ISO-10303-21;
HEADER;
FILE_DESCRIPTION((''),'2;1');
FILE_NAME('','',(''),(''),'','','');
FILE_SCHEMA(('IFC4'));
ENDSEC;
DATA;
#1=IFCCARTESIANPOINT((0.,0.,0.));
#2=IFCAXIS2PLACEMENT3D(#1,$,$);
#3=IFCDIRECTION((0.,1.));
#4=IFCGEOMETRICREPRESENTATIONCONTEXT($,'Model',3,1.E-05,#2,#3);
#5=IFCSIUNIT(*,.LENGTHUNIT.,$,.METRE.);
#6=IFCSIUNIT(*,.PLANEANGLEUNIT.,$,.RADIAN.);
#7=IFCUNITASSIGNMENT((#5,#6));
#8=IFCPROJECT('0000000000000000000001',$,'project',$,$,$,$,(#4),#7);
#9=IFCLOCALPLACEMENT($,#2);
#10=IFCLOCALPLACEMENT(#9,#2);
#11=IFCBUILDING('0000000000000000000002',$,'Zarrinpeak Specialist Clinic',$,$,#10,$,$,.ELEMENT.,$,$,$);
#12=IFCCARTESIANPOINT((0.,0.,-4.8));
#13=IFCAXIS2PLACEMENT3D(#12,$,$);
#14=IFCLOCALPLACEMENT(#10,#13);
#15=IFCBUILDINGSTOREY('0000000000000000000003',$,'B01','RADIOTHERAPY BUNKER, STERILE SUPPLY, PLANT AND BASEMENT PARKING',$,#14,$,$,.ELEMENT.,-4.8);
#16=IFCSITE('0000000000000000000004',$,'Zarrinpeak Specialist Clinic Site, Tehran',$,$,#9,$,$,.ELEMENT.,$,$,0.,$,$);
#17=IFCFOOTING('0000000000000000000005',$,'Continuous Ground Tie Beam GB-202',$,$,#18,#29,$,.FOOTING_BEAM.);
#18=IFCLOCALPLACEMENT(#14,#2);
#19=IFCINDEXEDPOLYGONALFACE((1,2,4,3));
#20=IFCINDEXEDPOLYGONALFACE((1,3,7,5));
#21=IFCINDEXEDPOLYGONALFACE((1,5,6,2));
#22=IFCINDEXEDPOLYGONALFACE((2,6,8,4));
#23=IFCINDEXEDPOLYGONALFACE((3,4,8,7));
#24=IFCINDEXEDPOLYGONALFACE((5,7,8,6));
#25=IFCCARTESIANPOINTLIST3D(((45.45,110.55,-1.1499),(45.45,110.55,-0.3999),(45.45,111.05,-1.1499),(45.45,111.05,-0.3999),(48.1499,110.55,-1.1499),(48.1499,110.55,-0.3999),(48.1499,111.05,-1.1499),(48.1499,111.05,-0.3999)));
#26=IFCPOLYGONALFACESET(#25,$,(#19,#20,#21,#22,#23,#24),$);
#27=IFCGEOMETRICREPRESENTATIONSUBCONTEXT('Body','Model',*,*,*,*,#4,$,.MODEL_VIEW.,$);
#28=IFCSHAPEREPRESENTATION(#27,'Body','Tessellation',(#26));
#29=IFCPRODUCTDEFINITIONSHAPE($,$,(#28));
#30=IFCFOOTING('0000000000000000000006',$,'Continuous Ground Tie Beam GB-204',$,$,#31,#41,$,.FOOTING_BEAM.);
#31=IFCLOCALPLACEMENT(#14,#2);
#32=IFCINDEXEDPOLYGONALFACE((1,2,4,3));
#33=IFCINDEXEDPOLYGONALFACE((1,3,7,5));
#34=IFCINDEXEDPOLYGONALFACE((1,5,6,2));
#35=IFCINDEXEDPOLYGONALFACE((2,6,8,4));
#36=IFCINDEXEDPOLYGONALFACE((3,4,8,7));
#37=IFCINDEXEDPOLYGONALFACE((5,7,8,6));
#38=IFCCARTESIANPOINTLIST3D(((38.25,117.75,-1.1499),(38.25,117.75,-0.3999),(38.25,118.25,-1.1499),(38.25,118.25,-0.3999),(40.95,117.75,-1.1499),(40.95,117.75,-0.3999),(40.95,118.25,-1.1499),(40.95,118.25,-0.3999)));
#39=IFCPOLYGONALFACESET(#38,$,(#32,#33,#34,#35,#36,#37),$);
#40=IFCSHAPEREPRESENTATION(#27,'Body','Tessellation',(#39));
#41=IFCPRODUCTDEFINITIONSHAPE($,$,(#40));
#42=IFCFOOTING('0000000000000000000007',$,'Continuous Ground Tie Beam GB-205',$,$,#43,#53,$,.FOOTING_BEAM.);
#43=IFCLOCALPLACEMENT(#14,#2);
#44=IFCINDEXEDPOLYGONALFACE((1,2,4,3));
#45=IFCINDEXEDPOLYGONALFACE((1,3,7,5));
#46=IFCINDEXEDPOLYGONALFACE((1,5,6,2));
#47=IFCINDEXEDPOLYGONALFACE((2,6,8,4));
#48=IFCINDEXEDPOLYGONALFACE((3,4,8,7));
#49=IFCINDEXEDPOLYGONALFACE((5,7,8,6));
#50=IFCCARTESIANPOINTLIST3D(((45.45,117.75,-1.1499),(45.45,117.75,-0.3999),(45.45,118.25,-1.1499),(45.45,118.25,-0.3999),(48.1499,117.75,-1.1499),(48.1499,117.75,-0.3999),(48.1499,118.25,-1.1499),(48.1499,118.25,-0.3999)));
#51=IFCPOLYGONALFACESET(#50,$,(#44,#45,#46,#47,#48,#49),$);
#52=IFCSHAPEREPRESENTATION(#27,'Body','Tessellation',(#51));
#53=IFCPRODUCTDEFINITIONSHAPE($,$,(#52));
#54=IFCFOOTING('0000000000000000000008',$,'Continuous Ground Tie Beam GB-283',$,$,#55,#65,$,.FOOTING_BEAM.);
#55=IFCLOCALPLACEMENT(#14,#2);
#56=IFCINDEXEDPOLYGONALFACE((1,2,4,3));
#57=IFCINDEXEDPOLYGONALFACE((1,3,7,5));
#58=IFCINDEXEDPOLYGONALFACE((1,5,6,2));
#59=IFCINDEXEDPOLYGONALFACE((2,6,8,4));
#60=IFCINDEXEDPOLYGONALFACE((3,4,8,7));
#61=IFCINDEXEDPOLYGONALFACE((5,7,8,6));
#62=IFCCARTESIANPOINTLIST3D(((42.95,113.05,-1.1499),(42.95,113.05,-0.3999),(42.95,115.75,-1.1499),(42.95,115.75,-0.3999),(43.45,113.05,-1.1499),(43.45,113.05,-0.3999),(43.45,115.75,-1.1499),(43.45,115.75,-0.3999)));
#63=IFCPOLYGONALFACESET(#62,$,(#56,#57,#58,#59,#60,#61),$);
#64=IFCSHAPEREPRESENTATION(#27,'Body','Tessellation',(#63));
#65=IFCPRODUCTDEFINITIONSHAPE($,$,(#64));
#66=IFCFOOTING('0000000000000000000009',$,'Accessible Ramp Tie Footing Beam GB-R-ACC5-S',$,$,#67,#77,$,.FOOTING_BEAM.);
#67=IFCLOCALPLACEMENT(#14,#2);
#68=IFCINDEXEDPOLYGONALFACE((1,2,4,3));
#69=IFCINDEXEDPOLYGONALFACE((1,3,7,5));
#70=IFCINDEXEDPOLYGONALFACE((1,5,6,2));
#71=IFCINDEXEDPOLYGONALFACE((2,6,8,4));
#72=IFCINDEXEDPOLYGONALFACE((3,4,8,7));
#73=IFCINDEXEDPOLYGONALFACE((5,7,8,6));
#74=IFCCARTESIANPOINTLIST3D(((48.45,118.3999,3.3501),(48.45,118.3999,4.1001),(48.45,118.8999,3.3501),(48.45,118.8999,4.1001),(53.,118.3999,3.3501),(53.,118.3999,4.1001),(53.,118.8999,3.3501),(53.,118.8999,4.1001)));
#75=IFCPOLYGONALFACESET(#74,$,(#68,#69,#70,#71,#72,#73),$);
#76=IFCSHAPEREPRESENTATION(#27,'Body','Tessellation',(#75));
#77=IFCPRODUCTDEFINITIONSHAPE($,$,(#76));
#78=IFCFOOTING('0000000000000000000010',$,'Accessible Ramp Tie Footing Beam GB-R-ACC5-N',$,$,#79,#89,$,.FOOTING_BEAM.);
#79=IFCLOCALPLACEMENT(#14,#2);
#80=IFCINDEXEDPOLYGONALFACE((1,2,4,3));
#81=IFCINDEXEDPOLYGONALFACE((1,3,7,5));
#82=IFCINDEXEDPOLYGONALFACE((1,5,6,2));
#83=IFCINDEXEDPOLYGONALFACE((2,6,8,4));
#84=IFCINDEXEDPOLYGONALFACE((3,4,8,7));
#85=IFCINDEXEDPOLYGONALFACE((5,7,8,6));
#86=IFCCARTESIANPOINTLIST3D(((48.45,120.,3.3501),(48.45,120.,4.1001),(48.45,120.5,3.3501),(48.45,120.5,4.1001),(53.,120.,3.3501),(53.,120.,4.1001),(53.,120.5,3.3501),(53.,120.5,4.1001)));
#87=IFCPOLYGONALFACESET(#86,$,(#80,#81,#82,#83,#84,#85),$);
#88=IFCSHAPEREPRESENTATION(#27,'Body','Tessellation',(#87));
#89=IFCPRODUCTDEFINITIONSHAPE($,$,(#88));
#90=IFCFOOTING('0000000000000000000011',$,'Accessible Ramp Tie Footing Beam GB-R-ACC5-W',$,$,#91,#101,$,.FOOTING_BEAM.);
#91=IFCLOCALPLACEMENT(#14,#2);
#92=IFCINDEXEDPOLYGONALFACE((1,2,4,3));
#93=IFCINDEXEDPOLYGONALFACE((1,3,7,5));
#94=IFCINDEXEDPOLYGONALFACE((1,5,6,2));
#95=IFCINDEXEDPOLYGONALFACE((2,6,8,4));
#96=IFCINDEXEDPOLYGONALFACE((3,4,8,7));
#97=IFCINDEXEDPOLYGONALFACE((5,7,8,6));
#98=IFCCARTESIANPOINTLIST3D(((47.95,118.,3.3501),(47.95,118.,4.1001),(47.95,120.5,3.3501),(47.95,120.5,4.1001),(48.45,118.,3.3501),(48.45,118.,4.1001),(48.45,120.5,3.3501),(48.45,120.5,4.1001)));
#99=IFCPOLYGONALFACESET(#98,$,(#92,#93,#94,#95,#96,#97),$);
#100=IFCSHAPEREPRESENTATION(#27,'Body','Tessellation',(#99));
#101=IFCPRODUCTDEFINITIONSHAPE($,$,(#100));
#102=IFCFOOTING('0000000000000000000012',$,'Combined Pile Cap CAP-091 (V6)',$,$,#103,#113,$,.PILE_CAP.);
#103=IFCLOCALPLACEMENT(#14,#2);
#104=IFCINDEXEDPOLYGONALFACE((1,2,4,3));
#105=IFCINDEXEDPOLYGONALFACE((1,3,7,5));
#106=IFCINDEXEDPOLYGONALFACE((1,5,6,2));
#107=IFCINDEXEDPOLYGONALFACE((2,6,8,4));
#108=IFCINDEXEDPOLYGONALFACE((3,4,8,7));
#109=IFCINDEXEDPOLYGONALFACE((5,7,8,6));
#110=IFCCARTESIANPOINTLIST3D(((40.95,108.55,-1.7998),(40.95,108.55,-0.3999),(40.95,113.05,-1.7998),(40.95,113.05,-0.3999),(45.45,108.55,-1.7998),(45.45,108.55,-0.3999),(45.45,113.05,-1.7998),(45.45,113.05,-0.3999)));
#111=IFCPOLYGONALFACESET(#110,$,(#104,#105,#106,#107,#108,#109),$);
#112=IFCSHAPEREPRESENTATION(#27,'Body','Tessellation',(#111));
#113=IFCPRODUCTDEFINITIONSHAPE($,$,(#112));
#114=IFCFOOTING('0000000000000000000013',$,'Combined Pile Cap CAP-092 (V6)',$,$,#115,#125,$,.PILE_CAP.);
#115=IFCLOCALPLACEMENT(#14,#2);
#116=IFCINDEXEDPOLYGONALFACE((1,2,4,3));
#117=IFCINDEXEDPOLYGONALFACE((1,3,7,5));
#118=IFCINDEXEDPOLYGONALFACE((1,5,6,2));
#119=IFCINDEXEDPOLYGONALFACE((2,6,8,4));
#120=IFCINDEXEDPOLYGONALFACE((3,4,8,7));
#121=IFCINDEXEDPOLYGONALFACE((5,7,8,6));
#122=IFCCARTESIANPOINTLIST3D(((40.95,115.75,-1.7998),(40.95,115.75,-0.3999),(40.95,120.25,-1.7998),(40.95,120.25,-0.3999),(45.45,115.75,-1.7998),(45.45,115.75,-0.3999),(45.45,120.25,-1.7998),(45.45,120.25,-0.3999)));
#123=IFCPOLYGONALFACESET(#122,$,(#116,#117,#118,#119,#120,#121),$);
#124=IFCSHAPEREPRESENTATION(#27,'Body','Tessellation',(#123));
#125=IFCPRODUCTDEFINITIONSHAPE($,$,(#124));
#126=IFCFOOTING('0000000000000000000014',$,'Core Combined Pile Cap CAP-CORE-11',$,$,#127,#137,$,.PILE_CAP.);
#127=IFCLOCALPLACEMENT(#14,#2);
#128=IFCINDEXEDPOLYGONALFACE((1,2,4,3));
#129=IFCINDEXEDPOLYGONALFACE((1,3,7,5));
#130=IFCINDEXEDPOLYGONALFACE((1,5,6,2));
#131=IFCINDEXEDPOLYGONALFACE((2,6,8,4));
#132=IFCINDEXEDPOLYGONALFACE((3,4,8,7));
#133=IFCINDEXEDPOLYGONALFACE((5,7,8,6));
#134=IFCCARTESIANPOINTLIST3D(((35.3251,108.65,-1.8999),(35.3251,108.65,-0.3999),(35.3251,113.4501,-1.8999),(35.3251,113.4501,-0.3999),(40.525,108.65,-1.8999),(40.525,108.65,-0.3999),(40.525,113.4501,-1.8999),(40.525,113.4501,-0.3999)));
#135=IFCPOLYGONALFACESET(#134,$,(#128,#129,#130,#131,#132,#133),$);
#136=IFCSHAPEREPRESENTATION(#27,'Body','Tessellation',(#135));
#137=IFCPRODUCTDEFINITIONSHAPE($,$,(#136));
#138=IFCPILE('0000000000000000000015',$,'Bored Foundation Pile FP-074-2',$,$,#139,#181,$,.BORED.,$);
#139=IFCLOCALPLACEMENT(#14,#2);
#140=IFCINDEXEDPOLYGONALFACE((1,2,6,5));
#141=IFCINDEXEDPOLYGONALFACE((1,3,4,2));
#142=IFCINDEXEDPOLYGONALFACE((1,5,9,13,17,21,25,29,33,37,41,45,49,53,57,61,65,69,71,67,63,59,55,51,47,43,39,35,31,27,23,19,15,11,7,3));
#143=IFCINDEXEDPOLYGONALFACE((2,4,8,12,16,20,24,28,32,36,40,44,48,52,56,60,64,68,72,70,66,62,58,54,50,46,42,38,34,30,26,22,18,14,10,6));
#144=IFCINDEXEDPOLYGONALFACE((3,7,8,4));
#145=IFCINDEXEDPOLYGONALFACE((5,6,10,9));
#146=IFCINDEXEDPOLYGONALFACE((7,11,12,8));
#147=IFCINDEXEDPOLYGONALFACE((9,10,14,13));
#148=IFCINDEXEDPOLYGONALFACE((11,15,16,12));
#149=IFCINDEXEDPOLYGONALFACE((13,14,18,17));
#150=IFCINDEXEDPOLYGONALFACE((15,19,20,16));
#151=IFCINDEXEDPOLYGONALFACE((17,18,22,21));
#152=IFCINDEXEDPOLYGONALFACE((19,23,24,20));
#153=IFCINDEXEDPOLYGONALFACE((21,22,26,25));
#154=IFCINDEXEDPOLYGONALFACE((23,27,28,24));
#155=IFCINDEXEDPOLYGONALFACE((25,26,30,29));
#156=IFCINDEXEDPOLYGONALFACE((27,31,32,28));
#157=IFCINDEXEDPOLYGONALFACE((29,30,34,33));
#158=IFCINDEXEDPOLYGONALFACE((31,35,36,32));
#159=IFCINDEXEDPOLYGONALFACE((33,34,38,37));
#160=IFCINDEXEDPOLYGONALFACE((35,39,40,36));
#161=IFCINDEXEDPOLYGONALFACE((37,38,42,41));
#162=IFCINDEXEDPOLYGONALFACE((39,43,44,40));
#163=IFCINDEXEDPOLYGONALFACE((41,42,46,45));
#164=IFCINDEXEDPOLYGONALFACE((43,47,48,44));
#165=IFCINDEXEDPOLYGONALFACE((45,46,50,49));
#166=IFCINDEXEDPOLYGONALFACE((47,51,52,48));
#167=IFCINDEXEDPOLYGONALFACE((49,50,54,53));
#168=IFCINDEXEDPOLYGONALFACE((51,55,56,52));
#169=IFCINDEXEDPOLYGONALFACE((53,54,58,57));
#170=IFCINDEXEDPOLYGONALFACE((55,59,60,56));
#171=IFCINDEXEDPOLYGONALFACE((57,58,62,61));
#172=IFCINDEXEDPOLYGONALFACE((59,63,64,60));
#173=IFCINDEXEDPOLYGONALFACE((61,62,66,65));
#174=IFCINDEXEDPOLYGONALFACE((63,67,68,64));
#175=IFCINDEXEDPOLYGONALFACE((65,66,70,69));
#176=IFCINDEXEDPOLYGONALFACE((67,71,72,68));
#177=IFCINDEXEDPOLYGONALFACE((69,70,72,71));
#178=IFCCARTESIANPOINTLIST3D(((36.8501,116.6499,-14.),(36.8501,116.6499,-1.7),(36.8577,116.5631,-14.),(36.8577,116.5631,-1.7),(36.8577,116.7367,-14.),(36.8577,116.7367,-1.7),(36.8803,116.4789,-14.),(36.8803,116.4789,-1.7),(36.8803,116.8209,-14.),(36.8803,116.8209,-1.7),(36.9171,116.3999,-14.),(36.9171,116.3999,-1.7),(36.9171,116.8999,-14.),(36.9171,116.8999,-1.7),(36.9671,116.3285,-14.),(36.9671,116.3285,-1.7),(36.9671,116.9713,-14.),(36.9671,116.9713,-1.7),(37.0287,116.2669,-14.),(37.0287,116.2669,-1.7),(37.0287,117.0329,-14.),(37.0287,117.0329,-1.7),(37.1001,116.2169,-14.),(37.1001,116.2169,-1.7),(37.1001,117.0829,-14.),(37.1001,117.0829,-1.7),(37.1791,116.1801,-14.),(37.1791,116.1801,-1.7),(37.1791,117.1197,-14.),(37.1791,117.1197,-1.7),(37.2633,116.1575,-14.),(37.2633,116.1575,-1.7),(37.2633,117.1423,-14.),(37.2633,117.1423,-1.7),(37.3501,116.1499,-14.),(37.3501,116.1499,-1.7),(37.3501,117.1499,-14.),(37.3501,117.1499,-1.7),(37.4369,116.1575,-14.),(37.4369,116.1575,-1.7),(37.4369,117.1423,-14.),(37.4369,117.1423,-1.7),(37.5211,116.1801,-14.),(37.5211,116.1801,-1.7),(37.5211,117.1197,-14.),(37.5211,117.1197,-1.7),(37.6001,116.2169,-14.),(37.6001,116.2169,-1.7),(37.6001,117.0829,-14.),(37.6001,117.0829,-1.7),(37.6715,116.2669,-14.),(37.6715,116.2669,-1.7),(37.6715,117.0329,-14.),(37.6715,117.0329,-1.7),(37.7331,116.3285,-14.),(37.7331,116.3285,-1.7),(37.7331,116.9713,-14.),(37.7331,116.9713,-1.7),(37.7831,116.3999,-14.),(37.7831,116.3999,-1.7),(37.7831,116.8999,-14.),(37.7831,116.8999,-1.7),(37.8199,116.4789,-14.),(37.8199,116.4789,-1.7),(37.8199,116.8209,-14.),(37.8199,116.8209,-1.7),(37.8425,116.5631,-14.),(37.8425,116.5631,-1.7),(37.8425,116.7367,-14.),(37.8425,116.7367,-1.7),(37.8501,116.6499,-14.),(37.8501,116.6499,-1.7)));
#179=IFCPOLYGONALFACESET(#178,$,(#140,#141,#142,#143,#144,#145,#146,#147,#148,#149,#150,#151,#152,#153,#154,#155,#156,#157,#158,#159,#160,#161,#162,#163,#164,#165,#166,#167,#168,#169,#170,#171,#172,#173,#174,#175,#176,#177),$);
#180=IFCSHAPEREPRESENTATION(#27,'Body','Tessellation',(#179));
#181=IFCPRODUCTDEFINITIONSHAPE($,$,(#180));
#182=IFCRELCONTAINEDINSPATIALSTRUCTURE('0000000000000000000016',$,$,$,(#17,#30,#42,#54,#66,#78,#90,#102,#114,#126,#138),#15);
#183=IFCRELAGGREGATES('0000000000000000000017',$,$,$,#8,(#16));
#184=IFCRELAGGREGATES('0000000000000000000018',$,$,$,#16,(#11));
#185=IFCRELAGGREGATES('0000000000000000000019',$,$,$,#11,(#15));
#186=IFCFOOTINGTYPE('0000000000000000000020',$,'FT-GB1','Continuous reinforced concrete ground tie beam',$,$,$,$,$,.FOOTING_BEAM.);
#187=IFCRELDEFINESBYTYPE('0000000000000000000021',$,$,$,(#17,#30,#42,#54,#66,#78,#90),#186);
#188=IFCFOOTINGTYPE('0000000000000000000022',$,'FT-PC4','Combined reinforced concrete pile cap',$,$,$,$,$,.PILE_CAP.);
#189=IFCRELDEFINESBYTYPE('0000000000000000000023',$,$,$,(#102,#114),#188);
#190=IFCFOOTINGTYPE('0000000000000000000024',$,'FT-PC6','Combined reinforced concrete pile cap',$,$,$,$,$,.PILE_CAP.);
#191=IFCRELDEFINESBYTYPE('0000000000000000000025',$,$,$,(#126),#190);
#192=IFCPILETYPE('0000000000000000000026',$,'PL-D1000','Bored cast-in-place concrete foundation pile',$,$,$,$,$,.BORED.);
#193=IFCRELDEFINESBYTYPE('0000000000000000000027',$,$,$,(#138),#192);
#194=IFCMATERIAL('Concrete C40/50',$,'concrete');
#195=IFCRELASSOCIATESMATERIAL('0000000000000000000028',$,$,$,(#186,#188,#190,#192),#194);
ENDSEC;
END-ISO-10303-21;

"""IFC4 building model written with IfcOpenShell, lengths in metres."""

from ifc_helpers import new_model, si_unit, direction, frame, origin, origin_2d, place, context, subcontext, project, spatial, rectangle, circle, extrude, material, material_profile, profile_set, type_object, element, save


model = new_model("IFC4")

# Units and contexts
model_context = context("Model", 3, precision=1e-05, world=origin(), true_north=direction((0.0, 1.0)))
body_context = subcontext(model_context, "Body", "Model", "MODEL_VIEW")
ifc_project = project(units=[si_unit("LENGTHUNIT", "METRE"), si_unit("PLANEANGLEUNIT", "RADIAN")], contexts=[model_context])

# Site, building, storey
site_placement = place(None, origin())
site = spatial("IfcSite", under=ifc_project, at=site_placement, Name="Zarrinpeak Specialist Clinic Site, Tehran", CompositionType="ELEMENT", RefElevation=0.0)
building_placement = place(site_placement, origin())
building = spatial("IfcBuilding", under=site, at=building_placement, Name="Zarrinpeak Specialist Clinic", CompositionType="ELEMENT")
storey_placement = place(building_placement, frame((0.0, 0.0, -4.8)))
storey = spatial("IfcBuildingStorey", under=building, at=storey_placement, Name="B01", Description="RADIOTHERAPY BUNKER, STERILE SUPPLY, PLANT AND BASEMENT PARKING", CompositionType="ELEMENT", Elevation=-4.8)

# Footings
ifc_material_1 = material(Name="Concrete C40/50", Category="concrete")
ifc_material_profile_1 = material_profile(ifc_material_1, rectangle(XDim=0.5, YDim=0.75, at=origin_2d()), Name="RC 500x750")
ifc_profile_set_1 = profile_set([ifc_material_profile_1], Name="Concrete C40/50")
footing_type_1 = type_object("IfcFootingType", Name="FT-GB1", Description="Continuous reinforced concrete ground tie beam", PredefinedType="FOOTING_BEAM", material=ifc_profile_set_1)
for number, where, z_axis, x_axis, name in (
    (1, (45.45, 110.8, -0.7749), (1.0, 0.0, 0.0), (0.0, 1.0, 0.0), "Continuous Ground Tie Beam GB-202"),
    (2, (38.25, 118.0, -0.7749), (1.0, 0.0, 0.0), (0.0, 1.0, 0.0), "Continuous Ground Tie Beam GB-204"),
    (3, (45.45, 118.0, -0.7749), (1.0, 0.0, 0.0), (0.0, 1.0, 0.0), "Continuous Ground Tie Beam GB-205"),
    (4, (43.2, 113.05, -0.7749), (0.0, 1.0, 0.0), (-1.0, 0.0, 0.0), "Continuous Ground Tie Beam GB-283"),
):
    element("IfcFooting", number, at=place(storey_placement, frame(where, z_axis=z_axis, x_axis=x_axis)), inside=storey, type_object=footing_type_1, Name=name, PredefinedType="FOOTING_BEAM", context=body_context, shape_type="SweptSolid", body=[
        extrude(rectangle(XDim=0.5, YDim=0.75, at=origin_2d()), origin(), (0.0, 0.0, 1.0), 2.7),
    ])
for number, where, z_axis, x_axis, name in (
    (5, (48.45, 118.6499, 3.7251), (1.0, 0.0, 0.0), (0.0, 1.0, 0.0), "Accessible Ramp Tie Footing Beam GB-R-ACC5-S"),
    (6, (48.45, 120.25, 3.7251), (1.0, 0.0, 0.0), (0.0, 1.0, 0.0), "Accessible Ramp Tie Footing Beam GB-R-ACC5-N"),
):
    element("IfcFooting", number, at=place(storey_placement, frame(where, z_axis=z_axis, x_axis=x_axis)), inside=storey, type_object=footing_type_1, Name=name, PredefinedType="FOOTING_BEAM", context=body_context, shape_type="SweptSolid", body=[
        extrude(rectangle(XDim=0.5, YDim=0.75, at=origin_2d()), origin(), (0.0, 0.0, 1.0), 4.55),
    ])
footing_1_placement = place(storey_placement, frame((48.2, 118.0, 3.7251), z_axis=(0.0, 1.0, 0.0), x_axis=(-1.0, 0.0, 0.0)))
element("IfcFooting", 7, at=footing_1_placement, inside=storey, type_object=footing_type_1, Name="Accessible Ramp Tie Footing Beam GB-R-ACC5-W", PredefinedType="FOOTING_BEAM", context=body_context, shape_type="SweptSolid", body=[
    extrude(rectangle(XDim=0.5, YDim=0.75, at=origin_2d()), origin(), (0.0, 0.0, 1.0), 2.5),
])
footing_type_2 = type_object("IfcFootingType", Name="FT-PC4", Description="Combined reinforced concrete pile cap", PredefinedType="PILE_CAP", material=ifc_material_1)
for number, where, z_axis, x_axis, name in (
    (8, (43.2, 110.8, -1.7998), (0.0, 0.0, 1.0), (1.0, 0.0, 0.0), "Combined Pile Cap CAP-091 (V6)"),
    (9, (43.2, 118.0, -1.7998), (0.0, 0.0, 1.0), (1.0, 0.0, 0.0), "Combined Pile Cap CAP-092 (V6)"),
):
    element("IfcFooting", number, at=place(storey_placement, frame(where, z_axis=z_axis, x_axis=x_axis)), inside=storey, type_object=footing_type_2, Name=name, PredefinedType="PILE_CAP", context=body_context, shape_type="SweptSolid", body=[
        extrude(rectangle(XDim=4.5, YDim=4.5, at=origin_2d()), origin(), (0.0, 0.0, 1.0), 1.3999),
    ])
footing_type_3 = type_object("IfcFootingType", Name="FT-PC6", Description="Combined reinforced concrete pile cap", PredefinedType="PILE_CAP", material=ifc_material_1)
footing_2_placement = place(storey_placement, frame((37.925, 111.05, -1.8999), z_axis=(0.0, 0.0, 1.0), x_axis=(1.0, 0.0, 0.0)))
element("IfcFooting", 10, at=footing_2_placement, inside=storey, type_object=footing_type_3, Name="Core Combined Pile Cap CAP-CORE-11", PredefinedType="PILE_CAP", context=body_context, shape_type="SweptSolid", body=[
    extrude(rectangle(XDim=5.2, YDim=4.8, at=origin_2d()), origin(), (0.0, 0.0, 1.0), 1.5),
])

# Pile
ifc_material_profile_2 = material_profile(ifc_material_1, circle(Radius=0.5, at=origin_2d()), Name="BORED PILE D1000")
ifc_profile_set_2 = profile_set([ifc_material_profile_2], Name="Concrete C40/50")
pile_type = type_object("IfcPileType", Name="PL-D1000", Description="Bored cast-in-place concrete foundation pile", PredefinedType="BORED", material=ifc_profile_set_2)
for number, where, z_axis, x_axis, name in (
    (11, (37.3501, 116.6499, -1.7), (0.0, 0.0, -1.0), (1.0, 0.0, 0.0), "Bored Foundation Pile FP-074-2"),
):
    element("IfcPile", number, at=place(storey_placement, frame(where, z_axis=z_axis, x_axis=x_axis)), inside=storey, type_object=pile_type, Name=name, PredefinedType="BORED", context=body_context, shape_type="SweptSolid", body=[
        extrude(circle(Radius=0.5, at=origin_2d()), origin(), (0.0, 0.0, 1.0), 12.3),
    ])

save(model, "model.ifc")
